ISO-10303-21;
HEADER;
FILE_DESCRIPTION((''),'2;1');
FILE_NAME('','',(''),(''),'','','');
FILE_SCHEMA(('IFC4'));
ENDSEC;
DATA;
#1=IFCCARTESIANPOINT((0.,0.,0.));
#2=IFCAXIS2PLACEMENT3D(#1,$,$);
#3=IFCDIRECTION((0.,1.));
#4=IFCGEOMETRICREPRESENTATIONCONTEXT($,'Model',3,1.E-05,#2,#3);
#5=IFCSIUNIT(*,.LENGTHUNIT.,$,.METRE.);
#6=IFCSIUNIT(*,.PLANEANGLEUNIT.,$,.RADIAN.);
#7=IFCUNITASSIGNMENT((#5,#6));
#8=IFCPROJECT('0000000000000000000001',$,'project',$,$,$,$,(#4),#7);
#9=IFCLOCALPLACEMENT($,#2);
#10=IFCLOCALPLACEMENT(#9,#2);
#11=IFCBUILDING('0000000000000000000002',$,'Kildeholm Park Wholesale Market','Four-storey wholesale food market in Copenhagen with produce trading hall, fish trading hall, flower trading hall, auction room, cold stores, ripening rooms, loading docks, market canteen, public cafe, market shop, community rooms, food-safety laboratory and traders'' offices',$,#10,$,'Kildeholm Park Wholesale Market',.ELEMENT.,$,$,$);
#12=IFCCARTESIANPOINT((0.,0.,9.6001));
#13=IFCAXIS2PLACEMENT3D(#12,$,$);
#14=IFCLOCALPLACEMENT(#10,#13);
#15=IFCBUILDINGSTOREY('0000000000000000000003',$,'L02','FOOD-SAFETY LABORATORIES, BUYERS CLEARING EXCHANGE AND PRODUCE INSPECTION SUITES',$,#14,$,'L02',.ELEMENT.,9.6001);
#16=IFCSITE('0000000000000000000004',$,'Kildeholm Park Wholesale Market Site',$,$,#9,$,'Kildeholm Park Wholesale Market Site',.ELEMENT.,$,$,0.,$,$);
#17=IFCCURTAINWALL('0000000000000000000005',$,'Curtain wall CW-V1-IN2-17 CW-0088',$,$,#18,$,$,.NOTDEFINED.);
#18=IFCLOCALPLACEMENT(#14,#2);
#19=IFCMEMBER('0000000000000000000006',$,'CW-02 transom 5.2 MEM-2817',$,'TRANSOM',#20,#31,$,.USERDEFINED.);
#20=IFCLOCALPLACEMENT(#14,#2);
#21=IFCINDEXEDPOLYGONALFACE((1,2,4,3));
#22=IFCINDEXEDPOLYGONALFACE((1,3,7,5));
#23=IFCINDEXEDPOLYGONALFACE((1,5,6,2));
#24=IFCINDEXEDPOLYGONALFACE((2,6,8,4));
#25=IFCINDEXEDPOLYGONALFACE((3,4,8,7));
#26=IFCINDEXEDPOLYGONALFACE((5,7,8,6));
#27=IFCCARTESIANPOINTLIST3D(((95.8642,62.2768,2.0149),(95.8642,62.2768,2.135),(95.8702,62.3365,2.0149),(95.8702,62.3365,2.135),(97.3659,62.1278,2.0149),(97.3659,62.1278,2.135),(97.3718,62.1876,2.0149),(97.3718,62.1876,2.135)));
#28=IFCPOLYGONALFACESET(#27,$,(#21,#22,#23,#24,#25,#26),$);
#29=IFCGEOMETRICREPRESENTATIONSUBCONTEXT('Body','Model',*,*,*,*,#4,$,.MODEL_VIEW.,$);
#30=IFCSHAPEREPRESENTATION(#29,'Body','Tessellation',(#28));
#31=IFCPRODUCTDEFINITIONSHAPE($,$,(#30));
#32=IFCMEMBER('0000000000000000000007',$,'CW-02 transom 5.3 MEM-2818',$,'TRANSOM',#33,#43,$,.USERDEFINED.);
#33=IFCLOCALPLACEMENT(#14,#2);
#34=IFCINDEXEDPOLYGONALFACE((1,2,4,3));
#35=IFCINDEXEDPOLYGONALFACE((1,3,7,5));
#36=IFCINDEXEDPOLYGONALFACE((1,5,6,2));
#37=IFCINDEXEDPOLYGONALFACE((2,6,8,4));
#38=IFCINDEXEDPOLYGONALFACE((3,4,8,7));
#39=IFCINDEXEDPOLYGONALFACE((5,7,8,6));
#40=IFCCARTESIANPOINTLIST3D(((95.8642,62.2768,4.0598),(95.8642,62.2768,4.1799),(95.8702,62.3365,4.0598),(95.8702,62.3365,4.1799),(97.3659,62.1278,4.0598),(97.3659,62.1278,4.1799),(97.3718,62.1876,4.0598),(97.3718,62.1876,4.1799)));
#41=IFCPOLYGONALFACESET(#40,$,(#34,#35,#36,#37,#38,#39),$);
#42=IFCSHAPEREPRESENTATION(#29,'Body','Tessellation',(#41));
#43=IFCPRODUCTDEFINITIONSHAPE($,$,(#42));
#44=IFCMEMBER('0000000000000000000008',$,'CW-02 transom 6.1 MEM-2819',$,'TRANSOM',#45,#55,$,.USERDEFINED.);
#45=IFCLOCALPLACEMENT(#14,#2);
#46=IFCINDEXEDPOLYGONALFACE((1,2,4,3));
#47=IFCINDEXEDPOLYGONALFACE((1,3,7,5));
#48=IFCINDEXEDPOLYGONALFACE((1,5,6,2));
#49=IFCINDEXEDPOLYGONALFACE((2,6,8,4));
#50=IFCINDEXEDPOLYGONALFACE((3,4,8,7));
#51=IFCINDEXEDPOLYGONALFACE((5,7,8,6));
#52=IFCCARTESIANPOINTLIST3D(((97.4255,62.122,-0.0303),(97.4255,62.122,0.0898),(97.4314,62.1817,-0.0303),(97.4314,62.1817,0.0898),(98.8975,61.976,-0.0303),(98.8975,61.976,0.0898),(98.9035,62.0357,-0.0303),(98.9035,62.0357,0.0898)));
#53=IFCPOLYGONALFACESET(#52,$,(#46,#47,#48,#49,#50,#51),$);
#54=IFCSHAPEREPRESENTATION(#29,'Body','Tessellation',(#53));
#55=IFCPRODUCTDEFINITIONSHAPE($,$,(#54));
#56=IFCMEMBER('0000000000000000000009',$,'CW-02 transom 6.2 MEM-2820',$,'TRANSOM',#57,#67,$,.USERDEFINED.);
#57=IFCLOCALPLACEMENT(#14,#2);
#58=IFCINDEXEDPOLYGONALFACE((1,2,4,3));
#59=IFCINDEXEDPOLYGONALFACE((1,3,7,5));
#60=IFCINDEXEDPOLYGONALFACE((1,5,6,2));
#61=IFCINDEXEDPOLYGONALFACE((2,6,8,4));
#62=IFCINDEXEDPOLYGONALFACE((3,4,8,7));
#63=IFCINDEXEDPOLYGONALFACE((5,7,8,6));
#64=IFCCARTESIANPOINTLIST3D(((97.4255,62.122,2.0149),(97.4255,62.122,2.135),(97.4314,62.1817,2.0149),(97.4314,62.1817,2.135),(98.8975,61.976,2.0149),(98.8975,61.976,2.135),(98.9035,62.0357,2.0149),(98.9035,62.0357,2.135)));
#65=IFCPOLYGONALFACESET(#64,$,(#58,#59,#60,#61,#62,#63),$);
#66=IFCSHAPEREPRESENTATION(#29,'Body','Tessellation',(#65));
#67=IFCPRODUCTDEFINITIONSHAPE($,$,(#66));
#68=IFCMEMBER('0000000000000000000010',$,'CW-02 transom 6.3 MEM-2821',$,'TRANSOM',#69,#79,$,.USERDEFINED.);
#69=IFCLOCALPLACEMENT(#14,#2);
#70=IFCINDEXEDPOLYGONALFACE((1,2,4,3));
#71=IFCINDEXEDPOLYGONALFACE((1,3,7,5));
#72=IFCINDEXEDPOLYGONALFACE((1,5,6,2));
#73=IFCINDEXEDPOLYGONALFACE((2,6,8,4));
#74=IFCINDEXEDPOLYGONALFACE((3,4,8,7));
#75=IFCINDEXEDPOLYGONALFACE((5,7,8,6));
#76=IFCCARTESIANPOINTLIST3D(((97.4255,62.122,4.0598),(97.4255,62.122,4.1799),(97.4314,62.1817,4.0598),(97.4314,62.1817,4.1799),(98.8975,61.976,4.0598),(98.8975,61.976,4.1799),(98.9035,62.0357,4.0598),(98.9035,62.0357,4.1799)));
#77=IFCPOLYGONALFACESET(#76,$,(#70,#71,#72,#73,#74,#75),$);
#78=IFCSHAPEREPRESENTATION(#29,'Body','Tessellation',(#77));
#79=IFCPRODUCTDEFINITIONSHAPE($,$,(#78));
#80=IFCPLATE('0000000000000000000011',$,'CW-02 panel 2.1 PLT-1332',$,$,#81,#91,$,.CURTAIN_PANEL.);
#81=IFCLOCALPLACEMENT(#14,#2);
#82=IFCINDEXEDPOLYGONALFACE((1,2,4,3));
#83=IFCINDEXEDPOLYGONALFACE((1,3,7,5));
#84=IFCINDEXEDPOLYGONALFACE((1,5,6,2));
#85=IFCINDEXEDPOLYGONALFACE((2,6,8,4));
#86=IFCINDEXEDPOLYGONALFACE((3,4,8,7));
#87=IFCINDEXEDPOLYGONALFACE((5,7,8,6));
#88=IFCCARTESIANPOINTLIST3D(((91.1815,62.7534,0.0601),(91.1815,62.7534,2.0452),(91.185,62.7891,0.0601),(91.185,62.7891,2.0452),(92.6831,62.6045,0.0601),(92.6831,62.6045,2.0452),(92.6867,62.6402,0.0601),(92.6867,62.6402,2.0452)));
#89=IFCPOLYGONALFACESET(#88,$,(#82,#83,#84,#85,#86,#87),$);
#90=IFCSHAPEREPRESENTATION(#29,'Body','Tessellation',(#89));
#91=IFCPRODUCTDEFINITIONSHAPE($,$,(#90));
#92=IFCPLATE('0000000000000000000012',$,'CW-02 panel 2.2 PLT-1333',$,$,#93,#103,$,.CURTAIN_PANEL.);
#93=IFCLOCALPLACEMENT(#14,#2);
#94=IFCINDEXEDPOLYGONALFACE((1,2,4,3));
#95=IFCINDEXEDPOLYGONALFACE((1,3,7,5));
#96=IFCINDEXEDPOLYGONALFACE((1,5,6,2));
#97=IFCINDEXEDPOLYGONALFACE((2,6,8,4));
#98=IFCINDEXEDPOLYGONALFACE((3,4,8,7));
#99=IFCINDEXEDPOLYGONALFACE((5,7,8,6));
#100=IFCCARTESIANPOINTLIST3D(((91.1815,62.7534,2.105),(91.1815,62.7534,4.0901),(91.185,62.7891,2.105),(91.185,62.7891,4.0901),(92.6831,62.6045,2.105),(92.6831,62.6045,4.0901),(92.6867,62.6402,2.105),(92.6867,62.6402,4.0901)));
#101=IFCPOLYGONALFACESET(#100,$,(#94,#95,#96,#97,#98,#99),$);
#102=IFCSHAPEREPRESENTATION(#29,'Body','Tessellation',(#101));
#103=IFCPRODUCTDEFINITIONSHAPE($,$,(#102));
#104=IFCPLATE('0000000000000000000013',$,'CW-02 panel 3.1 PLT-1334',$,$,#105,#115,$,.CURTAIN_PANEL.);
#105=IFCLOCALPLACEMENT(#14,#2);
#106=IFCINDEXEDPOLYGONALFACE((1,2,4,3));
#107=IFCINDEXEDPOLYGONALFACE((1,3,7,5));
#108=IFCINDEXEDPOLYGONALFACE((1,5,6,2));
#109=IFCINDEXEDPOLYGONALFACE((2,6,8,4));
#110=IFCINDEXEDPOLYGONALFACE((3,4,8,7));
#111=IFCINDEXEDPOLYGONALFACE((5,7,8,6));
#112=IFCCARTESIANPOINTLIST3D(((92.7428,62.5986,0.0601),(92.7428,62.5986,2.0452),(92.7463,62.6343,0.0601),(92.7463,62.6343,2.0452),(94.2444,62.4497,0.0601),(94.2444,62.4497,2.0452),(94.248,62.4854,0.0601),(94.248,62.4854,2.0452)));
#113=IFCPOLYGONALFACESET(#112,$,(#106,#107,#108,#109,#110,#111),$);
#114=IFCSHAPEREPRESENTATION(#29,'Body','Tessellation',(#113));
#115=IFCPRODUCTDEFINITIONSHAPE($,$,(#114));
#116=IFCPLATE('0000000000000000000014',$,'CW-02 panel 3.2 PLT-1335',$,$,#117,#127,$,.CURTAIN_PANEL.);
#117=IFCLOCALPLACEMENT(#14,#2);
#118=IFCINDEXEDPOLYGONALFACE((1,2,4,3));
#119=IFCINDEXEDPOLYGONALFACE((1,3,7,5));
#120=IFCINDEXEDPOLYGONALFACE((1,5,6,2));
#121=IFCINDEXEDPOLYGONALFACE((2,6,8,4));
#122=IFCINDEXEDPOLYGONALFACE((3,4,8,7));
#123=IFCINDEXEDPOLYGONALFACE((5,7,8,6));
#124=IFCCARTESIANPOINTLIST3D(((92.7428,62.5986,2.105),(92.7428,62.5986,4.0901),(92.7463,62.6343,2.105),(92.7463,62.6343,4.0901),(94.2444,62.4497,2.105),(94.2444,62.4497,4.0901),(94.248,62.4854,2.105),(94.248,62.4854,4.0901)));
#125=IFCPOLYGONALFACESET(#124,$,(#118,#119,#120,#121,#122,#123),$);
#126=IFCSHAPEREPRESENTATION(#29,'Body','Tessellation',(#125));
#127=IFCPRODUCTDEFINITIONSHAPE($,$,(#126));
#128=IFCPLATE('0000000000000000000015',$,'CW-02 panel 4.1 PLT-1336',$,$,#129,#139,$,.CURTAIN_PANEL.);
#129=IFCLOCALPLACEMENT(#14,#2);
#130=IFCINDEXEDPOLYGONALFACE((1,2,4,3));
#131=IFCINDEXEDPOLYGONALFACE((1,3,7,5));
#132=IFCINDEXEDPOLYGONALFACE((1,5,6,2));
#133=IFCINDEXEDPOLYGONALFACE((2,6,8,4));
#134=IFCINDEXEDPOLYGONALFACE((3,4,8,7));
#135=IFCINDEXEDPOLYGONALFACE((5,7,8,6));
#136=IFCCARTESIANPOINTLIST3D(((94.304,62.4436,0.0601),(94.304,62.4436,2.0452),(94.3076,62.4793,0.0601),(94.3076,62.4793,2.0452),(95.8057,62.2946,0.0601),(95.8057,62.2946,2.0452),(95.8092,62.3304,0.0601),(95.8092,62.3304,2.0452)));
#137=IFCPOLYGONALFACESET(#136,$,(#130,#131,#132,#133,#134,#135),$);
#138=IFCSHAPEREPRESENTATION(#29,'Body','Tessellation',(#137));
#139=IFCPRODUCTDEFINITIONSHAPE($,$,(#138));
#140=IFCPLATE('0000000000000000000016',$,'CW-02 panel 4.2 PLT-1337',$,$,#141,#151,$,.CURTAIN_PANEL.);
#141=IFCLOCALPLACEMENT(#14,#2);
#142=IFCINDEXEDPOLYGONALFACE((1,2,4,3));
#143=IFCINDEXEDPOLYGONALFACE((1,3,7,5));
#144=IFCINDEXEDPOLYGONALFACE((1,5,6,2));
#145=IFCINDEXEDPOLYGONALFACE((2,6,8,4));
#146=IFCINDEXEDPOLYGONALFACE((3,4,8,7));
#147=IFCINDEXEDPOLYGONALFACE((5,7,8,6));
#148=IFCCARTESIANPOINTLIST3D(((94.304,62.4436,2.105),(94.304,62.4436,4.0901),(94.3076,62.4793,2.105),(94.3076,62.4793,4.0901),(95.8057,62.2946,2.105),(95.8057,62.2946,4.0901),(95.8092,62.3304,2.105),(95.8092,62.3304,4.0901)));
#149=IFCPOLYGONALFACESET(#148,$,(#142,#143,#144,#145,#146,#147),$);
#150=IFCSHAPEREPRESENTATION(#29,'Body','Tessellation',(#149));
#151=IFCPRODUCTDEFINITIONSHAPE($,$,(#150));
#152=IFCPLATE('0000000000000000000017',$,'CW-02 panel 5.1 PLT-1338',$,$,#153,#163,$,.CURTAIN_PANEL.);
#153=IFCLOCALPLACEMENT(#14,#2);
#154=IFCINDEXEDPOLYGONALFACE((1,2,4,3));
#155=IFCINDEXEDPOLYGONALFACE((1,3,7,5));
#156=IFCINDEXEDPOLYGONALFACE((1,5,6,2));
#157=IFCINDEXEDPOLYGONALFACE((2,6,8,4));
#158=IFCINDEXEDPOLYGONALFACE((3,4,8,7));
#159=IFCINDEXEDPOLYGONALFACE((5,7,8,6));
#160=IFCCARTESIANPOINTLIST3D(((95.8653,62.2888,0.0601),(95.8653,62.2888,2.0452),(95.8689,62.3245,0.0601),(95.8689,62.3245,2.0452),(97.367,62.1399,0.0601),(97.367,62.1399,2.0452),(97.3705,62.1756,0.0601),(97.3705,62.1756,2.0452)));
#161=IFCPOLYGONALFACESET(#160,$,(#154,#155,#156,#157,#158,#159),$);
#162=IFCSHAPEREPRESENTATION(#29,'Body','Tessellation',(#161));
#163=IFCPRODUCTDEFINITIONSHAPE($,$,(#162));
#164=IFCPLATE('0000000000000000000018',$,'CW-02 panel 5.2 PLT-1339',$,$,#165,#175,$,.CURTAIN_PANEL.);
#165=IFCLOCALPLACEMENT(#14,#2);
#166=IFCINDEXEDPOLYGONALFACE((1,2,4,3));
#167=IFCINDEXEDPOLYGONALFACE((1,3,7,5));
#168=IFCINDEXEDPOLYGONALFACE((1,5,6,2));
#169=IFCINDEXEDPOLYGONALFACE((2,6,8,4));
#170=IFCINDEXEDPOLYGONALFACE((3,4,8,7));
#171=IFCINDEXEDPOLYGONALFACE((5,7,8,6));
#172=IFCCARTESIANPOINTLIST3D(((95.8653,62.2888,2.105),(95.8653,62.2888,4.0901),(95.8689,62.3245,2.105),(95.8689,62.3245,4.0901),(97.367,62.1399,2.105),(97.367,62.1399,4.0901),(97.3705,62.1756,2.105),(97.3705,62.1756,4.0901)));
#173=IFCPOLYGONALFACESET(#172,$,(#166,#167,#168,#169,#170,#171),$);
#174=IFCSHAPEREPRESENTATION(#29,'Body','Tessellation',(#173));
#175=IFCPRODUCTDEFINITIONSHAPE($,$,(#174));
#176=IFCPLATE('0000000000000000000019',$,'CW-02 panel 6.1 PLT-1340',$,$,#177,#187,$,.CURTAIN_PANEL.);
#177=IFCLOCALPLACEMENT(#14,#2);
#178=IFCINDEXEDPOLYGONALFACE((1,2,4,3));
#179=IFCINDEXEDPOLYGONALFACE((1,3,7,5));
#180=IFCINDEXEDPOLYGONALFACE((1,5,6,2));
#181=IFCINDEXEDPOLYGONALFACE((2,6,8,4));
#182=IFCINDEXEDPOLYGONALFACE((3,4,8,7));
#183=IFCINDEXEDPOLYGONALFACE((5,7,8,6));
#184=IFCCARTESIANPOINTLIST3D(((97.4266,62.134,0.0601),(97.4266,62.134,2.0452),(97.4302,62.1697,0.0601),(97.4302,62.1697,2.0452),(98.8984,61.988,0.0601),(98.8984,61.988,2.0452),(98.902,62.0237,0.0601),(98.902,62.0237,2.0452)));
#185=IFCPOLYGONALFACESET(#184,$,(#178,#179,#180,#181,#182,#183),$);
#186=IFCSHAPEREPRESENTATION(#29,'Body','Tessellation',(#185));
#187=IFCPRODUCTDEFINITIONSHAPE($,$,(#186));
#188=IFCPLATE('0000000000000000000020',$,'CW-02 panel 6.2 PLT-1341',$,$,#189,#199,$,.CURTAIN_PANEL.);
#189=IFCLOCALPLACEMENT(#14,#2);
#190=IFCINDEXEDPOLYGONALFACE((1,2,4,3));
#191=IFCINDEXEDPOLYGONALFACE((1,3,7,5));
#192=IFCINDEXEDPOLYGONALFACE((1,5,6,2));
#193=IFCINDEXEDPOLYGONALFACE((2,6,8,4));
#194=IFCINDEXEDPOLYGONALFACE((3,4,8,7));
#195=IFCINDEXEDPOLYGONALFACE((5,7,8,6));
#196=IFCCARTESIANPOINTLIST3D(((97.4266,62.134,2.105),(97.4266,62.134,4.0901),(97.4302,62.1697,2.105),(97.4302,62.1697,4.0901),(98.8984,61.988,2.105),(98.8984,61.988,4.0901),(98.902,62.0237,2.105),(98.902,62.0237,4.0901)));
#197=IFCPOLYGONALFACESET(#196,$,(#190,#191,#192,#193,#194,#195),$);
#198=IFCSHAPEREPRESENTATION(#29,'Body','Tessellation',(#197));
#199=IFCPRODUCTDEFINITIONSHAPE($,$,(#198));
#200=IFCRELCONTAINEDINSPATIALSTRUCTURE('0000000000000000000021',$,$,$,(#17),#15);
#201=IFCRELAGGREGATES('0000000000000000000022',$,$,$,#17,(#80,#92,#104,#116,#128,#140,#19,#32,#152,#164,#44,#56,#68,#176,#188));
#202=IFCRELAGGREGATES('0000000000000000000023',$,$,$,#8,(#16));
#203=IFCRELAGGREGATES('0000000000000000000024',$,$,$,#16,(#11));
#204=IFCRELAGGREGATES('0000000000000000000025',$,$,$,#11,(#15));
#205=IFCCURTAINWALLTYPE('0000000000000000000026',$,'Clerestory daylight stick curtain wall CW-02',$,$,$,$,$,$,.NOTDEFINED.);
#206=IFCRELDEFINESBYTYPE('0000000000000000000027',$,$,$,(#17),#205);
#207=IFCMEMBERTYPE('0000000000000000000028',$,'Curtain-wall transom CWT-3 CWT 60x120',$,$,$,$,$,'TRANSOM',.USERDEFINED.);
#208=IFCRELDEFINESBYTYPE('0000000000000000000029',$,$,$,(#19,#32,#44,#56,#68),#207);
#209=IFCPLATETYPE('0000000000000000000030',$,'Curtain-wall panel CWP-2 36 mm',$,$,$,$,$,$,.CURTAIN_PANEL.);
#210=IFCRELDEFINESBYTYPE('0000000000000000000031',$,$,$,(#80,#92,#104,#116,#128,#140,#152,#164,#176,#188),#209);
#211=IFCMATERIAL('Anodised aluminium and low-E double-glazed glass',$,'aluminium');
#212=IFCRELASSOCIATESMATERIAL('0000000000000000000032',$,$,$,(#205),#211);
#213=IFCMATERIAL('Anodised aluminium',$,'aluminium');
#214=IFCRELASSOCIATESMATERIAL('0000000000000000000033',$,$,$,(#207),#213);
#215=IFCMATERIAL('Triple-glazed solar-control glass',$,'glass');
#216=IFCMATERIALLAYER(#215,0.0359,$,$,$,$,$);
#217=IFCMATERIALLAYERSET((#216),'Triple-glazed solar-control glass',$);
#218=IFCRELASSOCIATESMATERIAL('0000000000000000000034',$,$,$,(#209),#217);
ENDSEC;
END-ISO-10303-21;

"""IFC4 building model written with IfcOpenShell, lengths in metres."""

from ifc_helpers import new_model, si_unit, direction, frame, origin, origin_2d, place, context, subcontext, project, spatial, rectangle, extrude, material, layer, layer_set, material_profile, profile_set, type_object, element, aggregate, save


model = new_model("IFC4")

# Units and contexts
model_context = context("Model", 3, precision=1e-05, world=origin(), true_north=direction((0.0, 1.0)))
body_context = subcontext(model_context, "Body", "Model", "MODEL_VIEW")
ifc_project = project(units=[si_unit("LENGTHUNIT", "METRE"), si_unit("PLANEANGLEUNIT", "RADIAN")], contexts=[model_context])

# Site, building, storey
site_placement = place(None, origin())
site = spatial("IfcSite", under=ifc_project, at=site_placement, Name="Kildeholm Park Wholesale Market Site", LongName="Kildeholm Park Wholesale Market Site", CompositionType="ELEMENT", RefElevation=0.0)
building_placement = place(site_placement, origin())
building = spatial("IfcBuilding", under=site, at=building_placement, Name="Kildeholm Park Wholesale Market", Description="Four-storey wholesale food market in Copenhagen with produce trading hall, fish trading hall, flower trading hall, auction room, cold stores, ripening rooms, loading docks, market canteen, public cafe, market shop, community rooms, food-safety laboratory and traders' offices", LongName="Kildeholm Park Wholesale Market", CompositionType="ELEMENT")
storey_placement = place(building_placement, frame((0.0, 0.0, 9.6001)))
storey = spatial("IfcBuildingStorey", under=building, at=storey_placement, Name="L02", Description="FOOD-SAFETY LABORATORIES, BUYERS CLEARING EXCHANGE AND PRODUCE INSPECTION SUITES", LongName="L02", CompositionType="ELEMENT", Elevation=9.6001)

# Curtain wall, members, plates
ifc_material_1 = material(Name="Anodised aluminium and low-E double-glazed glass", Category="aluminium")
curtain_wall_type = type_object("IfcCurtainWallType", Name="Clerestory daylight stick curtain wall CW-02", PredefinedType="NOTDEFINED", material=ifc_material_1)
curtain_wall_placement = place(storey_placement, origin())
curtain_wall = element("IfcCurtainWall", 1, at=curtain_wall_placement, inside=storey, type_object=curtain_wall_type, Name="Curtain wall CW-V1-IN2-17 CW-0088", PredefinedType="NOTDEFINED")
ifc_material_2 = material(Name="Anodised aluminium", Category="aluminium")
ifc_material_profile_1 = material_profile(ifc_material_2, rectangle(XDim=0.0601, YDim=0.1201, at=origin_2d()), Name="CWT 60x120")
ifc_profile_set_1 = profile_set([ifc_material_profile_1], Name="Anodised aluminium")
member_type_1 = type_object("IfcMemberType", Name="Curtain-wall transom CWT-3 CWT 60x120", ElementType="TRANSOM", PredefinedType="USERDEFINED", material=ifc_profile_set_1)
member_1_placement = place(storey_placement, frame((95.8672, 62.3066, 2.075), z_axis=(0.995119, -0.098687, 0.0), x_axis=(0.098687, 0.995119, 0.0)))
member_1 = element("IfcMember", 2, at=member_1_placement, type_object=member_type_1, Name="CW-02 transom 5.2 MEM-2817", ObjectType="TRANSOM", PredefinedType="USERDEFINED", context=body_context, shape_type="SweptSolid", body=[
    extrude(rectangle(XDim=0.0601, YDim=0.1201, at=origin_2d()), origin(), (0.0, 0.0, 1.0), 1.509),
])
member_2_placement = place(storey_placement, frame((95.8672, 62.3066, 4.1199), z_axis=(0.995119, -0.098687, 0.0), x_axis=(0.098687, 0.995119, 0.0)))
member_2 = element("IfcMember", 3, at=member_2_placement, type_object=member_type_1, Name="CW-02 transom 5.3 MEM-2818", ObjectType="TRANSOM", PredefinedType="USERDEFINED", context=body_context, shape_type="SweptSolid", body=[
    extrude(rectangle(XDim=0.0601, YDim=0.1201, at=origin_2d()), origin(), (0.0, 0.0, 1.0), 1.509),
])
member_3_placement = place(storey_placement, frame((97.4285, 62.1519, 0.0298), z_axis=(0.995117, -0.098703, 0.0), x_axis=(0.098703, 0.995117, 0.0)))
member_3 = element("IfcMember", 4, at=member_3_placement, type_object=member_type_1, Name="CW-02 transom 6.1 MEM-2819", ObjectType="TRANSOM", PredefinedType="USERDEFINED", context=body_context, shape_type="SweptSolid", body=[
    extrude(rectangle(XDim=0.0601, YDim=0.1201, at=origin_2d()), origin(), (0.0, 0.0, 1.0), 1.4792),
])
member_4_placement = place(storey_placement, frame((97.4285, 62.1519, 2.075), z_axis=(0.995117, -0.098703, 0.0), x_axis=(0.098703, 0.995117, 0.0)))
member_4 = element("IfcMember", 5, at=member_4_placement, type_object=member_type_1, Name="CW-02 transom 6.2 MEM-2820", ObjectType="TRANSOM", PredefinedType="USERDEFINED", context=body_context, shape_type="SweptSolid", body=[
    extrude(rectangle(XDim=0.0601, YDim=0.1201, at=origin_2d()), origin(), (0.0, 0.0, 1.0), 1.4792),
])
member_5_placement = place(storey_placement, frame((97.4285, 62.1519, 4.1199), z_axis=(0.995117, -0.098703, 0.0), x_axis=(0.098703, 0.995117, 0.0)))
member_5 = element("IfcMember", 6, at=member_5_placement, type_object=member_type_1, Name="CW-02 transom 6.3 MEM-2821", ObjectType="TRANSOM", PredefinedType="USERDEFINED", context=body_context, shape_type="SweptSolid", body=[
    extrude(rectangle(XDim=0.0601, YDim=0.1201, at=origin_2d()), origin(), (0.0, 0.0, 1.0), 1.4792),
])
ifc_material_3 = material(Name="Triple-glazed solar-control glass", Category="glass")
ifc_layer = layer(ifc_material_3, 0.0359)
ifc_layer_set = layer_set([ifc_layer], Name="Triple-glazed solar-control glass")
plate_type = type_object("IfcPlateType", Name="Curtain-wall panel CWP-2 36 mm", PredefinedType="CURTAIN_PANEL", material=ifc_layer_set)
plate_1_placement = place(storey_placement, frame((91.9341, 62.6968, 0.0601), z_axis=(0.0, 0.0, 1.0), x_axis=(0.995119, -0.098683, 0.0)))
plate_1 = element("IfcPlate", 7, at=plate_1_placement, type_object=plate_type, Name="CW-02 panel 2.1 PLT-1332", PredefinedType="CURTAIN_PANEL", context=body_context, shape_type="SweptSolid", body=[
    extrude(rectangle(XDim=1.509, YDim=0.0359, at=origin_2d()), origin(), (0.0, 0.0, 1.0), 1.9851),
])
plate_2_placement = place(storey_placement, frame((91.9341, 62.6968, 2.105), z_axis=(0.0, 0.0, 1.0), x_axis=(0.995119, -0.098683, 0.0)))
plate_2 = element("IfcPlate", 8, at=plate_2_placement, type_object=plate_type, Name="CW-02 panel 2.2 PLT-1333", PredefinedType="CURTAIN_PANEL", context=body_context, shape_type="SweptSolid", body=[
    extrude(rectangle(XDim=1.509, YDim=0.0359, at=origin_2d()), origin(), (0.0, 0.0, 1.0), 1.9851),
])
plate_3_placement = place(storey_placement, frame((93.4954, 62.542, 0.0601), z_axis=(0.0, 0.0, 1.0), x_axis=(0.995119, -0.098683, 0.0)))
plate_3 = element("IfcPlate", 9, at=plate_3_placement, type_object=plate_type, Name="CW-02 panel 3.1 PLT-1334", PredefinedType="CURTAIN_PANEL", context=body_context, shape_type="SweptSolid", body=[
    extrude(rectangle(XDim=1.509, YDim=0.0359, at=origin_2d()), origin(), (0.0, 0.0, 1.0), 1.9851),
])
plate_4_placement = place(storey_placement, frame((93.4954, 62.542, 2.105), z_axis=(0.0, 0.0, 1.0), x_axis=(0.995119, -0.098683, 0.0)))
plate_4 = element("IfcPlate", 10, at=plate_4_placement, type_object=plate_type, Name="CW-02 panel 3.2 PLT-1335", PredefinedType="CURTAIN_PANEL", context=body_context, shape_type="SweptSolid", body=[
    extrude(rectangle(XDim=1.509, YDim=0.0359, at=origin_2d()), origin(), (0.0, 0.0, 1.0), 1.9851),
])
plate_5_placement = place(storey_placement, frame((95.0566, 62.387, 0.0601), z_axis=(0.0, 0.0, 1.0), x_axis=(0.995119, -0.098683, 0.0)))
plate_5 = element("IfcPlate", 11, at=plate_5_placement, type_object=plate_type, Name="CW-02 panel 4.1 PLT-1336", PredefinedType="CURTAIN_PANEL", context=body_context, shape_type="SweptSolid", body=[
    extrude(rectangle(XDim=1.509, YDim=0.0359, at=origin_2d()), origin(), (0.0, 0.0, 1.0), 1.9851),
])
plate_6_placement = place(storey_placement, frame((95.0566, 62.387, 2.105), z_axis=(0.0, 0.0, 1.0), x_axis=(0.995119, -0.098683, 0.0)))
plate_6 = element("IfcPlate", 12, at=plate_6_placement, type_object=plate_type, Name="CW-02 panel 4.2 PLT-1337", PredefinedType="CURTAIN_PANEL", context=body_context, shape_type="SweptSolid", body=[
    extrude(rectangle(XDim=1.509, YDim=0.0359, at=origin_2d()), origin(), (0.0, 0.0, 1.0), 1.9851),
])
plate_7_placement = place(storey_placement, frame((96.6179, 62.2322, 0.0601), z_axis=(0.0, 0.0, 1.0), x_axis=(0.995119, -0.098683, 0.0)))
plate_7 = element("IfcPlate", 13, at=plate_7_placement, type_object=plate_type, Name="CW-02 panel 5.1 PLT-1338", PredefinedType="CURTAIN_PANEL", context=body_context, shape_type="SweptSolid", body=[
    extrude(rectangle(XDim=1.509, YDim=0.0359, at=origin_2d()), origin(), (0.0, 0.0, 1.0), 1.9851),
])
plate_8_placement = place(storey_placement, frame((96.6179, 62.2322, 2.105), z_axis=(0.0, 0.0, 1.0), x_axis=(0.995119, -0.098683, 0.0)))
plate_8 = element("IfcPlate", 14, at=plate_8_placement, type_object=plate_type, Name="CW-02 panel 5.2 PLT-1339", PredefinedType="CURTAIN_PANEL", context=body_context, shape_type="SweptSolid", body=[
    extrude(rectangle(XDim=1.509, YDim=0.0359, at=origin_2d()), origin(), (0.0, 0.0, 1.0), 1.9851),
])
plate_9_placement = place(storey_placement, frame((98.1643, 62.0789, 0.0601), z_axis=(0.0, 0.0, 1.0), x_axis=(0.995119, -0.098683, 0.0)))
plate_9 = element("IfcPlate", 15, at=plate_9_placement, type_object=plate_type, Name="CW-02 panel 6.1 PLT-1340", PredefinedType="CURTAIN_PANEL", context=body_context, shape_type="SweptSolid", body=[
    extrude(rectangle(XDim=1.479, YDim=0.0359, at=origin_2d()), origin(), (0.0, 0.0, 1.0), 1.9851),
])
plate_10_placement = place(storey_placement, frame((98.1643, 62.0789, 2.105), z_axis=(0.0, 0.0, 1.0), x_axis=(0.995119, -0.098683, 0.0)))
plate_10 = element("IfcPlate", 16, at=plate_10_placement, type_object=plate_type, Name="CW-02 panel 6.2 PLT-1341", PredefinedType="CURTAIN_PANEL", context=body_context, shape_type="SweptSolid", body=[
    extrude(rectangle(XDim=1.479, YDim=0.0359, at=origin_2d()), origin(), (0.0, 0.0, 1.0), 1.9851),
])
aggregate(curtain_wall, [plate_1, plate_2, plate_3, plate_4, plate_5, plate_6, member_1, member_2, plate_7, plate_8, member_3, member_4, member_5, plate_9, plate_10])

save(model, "model.ifc")
